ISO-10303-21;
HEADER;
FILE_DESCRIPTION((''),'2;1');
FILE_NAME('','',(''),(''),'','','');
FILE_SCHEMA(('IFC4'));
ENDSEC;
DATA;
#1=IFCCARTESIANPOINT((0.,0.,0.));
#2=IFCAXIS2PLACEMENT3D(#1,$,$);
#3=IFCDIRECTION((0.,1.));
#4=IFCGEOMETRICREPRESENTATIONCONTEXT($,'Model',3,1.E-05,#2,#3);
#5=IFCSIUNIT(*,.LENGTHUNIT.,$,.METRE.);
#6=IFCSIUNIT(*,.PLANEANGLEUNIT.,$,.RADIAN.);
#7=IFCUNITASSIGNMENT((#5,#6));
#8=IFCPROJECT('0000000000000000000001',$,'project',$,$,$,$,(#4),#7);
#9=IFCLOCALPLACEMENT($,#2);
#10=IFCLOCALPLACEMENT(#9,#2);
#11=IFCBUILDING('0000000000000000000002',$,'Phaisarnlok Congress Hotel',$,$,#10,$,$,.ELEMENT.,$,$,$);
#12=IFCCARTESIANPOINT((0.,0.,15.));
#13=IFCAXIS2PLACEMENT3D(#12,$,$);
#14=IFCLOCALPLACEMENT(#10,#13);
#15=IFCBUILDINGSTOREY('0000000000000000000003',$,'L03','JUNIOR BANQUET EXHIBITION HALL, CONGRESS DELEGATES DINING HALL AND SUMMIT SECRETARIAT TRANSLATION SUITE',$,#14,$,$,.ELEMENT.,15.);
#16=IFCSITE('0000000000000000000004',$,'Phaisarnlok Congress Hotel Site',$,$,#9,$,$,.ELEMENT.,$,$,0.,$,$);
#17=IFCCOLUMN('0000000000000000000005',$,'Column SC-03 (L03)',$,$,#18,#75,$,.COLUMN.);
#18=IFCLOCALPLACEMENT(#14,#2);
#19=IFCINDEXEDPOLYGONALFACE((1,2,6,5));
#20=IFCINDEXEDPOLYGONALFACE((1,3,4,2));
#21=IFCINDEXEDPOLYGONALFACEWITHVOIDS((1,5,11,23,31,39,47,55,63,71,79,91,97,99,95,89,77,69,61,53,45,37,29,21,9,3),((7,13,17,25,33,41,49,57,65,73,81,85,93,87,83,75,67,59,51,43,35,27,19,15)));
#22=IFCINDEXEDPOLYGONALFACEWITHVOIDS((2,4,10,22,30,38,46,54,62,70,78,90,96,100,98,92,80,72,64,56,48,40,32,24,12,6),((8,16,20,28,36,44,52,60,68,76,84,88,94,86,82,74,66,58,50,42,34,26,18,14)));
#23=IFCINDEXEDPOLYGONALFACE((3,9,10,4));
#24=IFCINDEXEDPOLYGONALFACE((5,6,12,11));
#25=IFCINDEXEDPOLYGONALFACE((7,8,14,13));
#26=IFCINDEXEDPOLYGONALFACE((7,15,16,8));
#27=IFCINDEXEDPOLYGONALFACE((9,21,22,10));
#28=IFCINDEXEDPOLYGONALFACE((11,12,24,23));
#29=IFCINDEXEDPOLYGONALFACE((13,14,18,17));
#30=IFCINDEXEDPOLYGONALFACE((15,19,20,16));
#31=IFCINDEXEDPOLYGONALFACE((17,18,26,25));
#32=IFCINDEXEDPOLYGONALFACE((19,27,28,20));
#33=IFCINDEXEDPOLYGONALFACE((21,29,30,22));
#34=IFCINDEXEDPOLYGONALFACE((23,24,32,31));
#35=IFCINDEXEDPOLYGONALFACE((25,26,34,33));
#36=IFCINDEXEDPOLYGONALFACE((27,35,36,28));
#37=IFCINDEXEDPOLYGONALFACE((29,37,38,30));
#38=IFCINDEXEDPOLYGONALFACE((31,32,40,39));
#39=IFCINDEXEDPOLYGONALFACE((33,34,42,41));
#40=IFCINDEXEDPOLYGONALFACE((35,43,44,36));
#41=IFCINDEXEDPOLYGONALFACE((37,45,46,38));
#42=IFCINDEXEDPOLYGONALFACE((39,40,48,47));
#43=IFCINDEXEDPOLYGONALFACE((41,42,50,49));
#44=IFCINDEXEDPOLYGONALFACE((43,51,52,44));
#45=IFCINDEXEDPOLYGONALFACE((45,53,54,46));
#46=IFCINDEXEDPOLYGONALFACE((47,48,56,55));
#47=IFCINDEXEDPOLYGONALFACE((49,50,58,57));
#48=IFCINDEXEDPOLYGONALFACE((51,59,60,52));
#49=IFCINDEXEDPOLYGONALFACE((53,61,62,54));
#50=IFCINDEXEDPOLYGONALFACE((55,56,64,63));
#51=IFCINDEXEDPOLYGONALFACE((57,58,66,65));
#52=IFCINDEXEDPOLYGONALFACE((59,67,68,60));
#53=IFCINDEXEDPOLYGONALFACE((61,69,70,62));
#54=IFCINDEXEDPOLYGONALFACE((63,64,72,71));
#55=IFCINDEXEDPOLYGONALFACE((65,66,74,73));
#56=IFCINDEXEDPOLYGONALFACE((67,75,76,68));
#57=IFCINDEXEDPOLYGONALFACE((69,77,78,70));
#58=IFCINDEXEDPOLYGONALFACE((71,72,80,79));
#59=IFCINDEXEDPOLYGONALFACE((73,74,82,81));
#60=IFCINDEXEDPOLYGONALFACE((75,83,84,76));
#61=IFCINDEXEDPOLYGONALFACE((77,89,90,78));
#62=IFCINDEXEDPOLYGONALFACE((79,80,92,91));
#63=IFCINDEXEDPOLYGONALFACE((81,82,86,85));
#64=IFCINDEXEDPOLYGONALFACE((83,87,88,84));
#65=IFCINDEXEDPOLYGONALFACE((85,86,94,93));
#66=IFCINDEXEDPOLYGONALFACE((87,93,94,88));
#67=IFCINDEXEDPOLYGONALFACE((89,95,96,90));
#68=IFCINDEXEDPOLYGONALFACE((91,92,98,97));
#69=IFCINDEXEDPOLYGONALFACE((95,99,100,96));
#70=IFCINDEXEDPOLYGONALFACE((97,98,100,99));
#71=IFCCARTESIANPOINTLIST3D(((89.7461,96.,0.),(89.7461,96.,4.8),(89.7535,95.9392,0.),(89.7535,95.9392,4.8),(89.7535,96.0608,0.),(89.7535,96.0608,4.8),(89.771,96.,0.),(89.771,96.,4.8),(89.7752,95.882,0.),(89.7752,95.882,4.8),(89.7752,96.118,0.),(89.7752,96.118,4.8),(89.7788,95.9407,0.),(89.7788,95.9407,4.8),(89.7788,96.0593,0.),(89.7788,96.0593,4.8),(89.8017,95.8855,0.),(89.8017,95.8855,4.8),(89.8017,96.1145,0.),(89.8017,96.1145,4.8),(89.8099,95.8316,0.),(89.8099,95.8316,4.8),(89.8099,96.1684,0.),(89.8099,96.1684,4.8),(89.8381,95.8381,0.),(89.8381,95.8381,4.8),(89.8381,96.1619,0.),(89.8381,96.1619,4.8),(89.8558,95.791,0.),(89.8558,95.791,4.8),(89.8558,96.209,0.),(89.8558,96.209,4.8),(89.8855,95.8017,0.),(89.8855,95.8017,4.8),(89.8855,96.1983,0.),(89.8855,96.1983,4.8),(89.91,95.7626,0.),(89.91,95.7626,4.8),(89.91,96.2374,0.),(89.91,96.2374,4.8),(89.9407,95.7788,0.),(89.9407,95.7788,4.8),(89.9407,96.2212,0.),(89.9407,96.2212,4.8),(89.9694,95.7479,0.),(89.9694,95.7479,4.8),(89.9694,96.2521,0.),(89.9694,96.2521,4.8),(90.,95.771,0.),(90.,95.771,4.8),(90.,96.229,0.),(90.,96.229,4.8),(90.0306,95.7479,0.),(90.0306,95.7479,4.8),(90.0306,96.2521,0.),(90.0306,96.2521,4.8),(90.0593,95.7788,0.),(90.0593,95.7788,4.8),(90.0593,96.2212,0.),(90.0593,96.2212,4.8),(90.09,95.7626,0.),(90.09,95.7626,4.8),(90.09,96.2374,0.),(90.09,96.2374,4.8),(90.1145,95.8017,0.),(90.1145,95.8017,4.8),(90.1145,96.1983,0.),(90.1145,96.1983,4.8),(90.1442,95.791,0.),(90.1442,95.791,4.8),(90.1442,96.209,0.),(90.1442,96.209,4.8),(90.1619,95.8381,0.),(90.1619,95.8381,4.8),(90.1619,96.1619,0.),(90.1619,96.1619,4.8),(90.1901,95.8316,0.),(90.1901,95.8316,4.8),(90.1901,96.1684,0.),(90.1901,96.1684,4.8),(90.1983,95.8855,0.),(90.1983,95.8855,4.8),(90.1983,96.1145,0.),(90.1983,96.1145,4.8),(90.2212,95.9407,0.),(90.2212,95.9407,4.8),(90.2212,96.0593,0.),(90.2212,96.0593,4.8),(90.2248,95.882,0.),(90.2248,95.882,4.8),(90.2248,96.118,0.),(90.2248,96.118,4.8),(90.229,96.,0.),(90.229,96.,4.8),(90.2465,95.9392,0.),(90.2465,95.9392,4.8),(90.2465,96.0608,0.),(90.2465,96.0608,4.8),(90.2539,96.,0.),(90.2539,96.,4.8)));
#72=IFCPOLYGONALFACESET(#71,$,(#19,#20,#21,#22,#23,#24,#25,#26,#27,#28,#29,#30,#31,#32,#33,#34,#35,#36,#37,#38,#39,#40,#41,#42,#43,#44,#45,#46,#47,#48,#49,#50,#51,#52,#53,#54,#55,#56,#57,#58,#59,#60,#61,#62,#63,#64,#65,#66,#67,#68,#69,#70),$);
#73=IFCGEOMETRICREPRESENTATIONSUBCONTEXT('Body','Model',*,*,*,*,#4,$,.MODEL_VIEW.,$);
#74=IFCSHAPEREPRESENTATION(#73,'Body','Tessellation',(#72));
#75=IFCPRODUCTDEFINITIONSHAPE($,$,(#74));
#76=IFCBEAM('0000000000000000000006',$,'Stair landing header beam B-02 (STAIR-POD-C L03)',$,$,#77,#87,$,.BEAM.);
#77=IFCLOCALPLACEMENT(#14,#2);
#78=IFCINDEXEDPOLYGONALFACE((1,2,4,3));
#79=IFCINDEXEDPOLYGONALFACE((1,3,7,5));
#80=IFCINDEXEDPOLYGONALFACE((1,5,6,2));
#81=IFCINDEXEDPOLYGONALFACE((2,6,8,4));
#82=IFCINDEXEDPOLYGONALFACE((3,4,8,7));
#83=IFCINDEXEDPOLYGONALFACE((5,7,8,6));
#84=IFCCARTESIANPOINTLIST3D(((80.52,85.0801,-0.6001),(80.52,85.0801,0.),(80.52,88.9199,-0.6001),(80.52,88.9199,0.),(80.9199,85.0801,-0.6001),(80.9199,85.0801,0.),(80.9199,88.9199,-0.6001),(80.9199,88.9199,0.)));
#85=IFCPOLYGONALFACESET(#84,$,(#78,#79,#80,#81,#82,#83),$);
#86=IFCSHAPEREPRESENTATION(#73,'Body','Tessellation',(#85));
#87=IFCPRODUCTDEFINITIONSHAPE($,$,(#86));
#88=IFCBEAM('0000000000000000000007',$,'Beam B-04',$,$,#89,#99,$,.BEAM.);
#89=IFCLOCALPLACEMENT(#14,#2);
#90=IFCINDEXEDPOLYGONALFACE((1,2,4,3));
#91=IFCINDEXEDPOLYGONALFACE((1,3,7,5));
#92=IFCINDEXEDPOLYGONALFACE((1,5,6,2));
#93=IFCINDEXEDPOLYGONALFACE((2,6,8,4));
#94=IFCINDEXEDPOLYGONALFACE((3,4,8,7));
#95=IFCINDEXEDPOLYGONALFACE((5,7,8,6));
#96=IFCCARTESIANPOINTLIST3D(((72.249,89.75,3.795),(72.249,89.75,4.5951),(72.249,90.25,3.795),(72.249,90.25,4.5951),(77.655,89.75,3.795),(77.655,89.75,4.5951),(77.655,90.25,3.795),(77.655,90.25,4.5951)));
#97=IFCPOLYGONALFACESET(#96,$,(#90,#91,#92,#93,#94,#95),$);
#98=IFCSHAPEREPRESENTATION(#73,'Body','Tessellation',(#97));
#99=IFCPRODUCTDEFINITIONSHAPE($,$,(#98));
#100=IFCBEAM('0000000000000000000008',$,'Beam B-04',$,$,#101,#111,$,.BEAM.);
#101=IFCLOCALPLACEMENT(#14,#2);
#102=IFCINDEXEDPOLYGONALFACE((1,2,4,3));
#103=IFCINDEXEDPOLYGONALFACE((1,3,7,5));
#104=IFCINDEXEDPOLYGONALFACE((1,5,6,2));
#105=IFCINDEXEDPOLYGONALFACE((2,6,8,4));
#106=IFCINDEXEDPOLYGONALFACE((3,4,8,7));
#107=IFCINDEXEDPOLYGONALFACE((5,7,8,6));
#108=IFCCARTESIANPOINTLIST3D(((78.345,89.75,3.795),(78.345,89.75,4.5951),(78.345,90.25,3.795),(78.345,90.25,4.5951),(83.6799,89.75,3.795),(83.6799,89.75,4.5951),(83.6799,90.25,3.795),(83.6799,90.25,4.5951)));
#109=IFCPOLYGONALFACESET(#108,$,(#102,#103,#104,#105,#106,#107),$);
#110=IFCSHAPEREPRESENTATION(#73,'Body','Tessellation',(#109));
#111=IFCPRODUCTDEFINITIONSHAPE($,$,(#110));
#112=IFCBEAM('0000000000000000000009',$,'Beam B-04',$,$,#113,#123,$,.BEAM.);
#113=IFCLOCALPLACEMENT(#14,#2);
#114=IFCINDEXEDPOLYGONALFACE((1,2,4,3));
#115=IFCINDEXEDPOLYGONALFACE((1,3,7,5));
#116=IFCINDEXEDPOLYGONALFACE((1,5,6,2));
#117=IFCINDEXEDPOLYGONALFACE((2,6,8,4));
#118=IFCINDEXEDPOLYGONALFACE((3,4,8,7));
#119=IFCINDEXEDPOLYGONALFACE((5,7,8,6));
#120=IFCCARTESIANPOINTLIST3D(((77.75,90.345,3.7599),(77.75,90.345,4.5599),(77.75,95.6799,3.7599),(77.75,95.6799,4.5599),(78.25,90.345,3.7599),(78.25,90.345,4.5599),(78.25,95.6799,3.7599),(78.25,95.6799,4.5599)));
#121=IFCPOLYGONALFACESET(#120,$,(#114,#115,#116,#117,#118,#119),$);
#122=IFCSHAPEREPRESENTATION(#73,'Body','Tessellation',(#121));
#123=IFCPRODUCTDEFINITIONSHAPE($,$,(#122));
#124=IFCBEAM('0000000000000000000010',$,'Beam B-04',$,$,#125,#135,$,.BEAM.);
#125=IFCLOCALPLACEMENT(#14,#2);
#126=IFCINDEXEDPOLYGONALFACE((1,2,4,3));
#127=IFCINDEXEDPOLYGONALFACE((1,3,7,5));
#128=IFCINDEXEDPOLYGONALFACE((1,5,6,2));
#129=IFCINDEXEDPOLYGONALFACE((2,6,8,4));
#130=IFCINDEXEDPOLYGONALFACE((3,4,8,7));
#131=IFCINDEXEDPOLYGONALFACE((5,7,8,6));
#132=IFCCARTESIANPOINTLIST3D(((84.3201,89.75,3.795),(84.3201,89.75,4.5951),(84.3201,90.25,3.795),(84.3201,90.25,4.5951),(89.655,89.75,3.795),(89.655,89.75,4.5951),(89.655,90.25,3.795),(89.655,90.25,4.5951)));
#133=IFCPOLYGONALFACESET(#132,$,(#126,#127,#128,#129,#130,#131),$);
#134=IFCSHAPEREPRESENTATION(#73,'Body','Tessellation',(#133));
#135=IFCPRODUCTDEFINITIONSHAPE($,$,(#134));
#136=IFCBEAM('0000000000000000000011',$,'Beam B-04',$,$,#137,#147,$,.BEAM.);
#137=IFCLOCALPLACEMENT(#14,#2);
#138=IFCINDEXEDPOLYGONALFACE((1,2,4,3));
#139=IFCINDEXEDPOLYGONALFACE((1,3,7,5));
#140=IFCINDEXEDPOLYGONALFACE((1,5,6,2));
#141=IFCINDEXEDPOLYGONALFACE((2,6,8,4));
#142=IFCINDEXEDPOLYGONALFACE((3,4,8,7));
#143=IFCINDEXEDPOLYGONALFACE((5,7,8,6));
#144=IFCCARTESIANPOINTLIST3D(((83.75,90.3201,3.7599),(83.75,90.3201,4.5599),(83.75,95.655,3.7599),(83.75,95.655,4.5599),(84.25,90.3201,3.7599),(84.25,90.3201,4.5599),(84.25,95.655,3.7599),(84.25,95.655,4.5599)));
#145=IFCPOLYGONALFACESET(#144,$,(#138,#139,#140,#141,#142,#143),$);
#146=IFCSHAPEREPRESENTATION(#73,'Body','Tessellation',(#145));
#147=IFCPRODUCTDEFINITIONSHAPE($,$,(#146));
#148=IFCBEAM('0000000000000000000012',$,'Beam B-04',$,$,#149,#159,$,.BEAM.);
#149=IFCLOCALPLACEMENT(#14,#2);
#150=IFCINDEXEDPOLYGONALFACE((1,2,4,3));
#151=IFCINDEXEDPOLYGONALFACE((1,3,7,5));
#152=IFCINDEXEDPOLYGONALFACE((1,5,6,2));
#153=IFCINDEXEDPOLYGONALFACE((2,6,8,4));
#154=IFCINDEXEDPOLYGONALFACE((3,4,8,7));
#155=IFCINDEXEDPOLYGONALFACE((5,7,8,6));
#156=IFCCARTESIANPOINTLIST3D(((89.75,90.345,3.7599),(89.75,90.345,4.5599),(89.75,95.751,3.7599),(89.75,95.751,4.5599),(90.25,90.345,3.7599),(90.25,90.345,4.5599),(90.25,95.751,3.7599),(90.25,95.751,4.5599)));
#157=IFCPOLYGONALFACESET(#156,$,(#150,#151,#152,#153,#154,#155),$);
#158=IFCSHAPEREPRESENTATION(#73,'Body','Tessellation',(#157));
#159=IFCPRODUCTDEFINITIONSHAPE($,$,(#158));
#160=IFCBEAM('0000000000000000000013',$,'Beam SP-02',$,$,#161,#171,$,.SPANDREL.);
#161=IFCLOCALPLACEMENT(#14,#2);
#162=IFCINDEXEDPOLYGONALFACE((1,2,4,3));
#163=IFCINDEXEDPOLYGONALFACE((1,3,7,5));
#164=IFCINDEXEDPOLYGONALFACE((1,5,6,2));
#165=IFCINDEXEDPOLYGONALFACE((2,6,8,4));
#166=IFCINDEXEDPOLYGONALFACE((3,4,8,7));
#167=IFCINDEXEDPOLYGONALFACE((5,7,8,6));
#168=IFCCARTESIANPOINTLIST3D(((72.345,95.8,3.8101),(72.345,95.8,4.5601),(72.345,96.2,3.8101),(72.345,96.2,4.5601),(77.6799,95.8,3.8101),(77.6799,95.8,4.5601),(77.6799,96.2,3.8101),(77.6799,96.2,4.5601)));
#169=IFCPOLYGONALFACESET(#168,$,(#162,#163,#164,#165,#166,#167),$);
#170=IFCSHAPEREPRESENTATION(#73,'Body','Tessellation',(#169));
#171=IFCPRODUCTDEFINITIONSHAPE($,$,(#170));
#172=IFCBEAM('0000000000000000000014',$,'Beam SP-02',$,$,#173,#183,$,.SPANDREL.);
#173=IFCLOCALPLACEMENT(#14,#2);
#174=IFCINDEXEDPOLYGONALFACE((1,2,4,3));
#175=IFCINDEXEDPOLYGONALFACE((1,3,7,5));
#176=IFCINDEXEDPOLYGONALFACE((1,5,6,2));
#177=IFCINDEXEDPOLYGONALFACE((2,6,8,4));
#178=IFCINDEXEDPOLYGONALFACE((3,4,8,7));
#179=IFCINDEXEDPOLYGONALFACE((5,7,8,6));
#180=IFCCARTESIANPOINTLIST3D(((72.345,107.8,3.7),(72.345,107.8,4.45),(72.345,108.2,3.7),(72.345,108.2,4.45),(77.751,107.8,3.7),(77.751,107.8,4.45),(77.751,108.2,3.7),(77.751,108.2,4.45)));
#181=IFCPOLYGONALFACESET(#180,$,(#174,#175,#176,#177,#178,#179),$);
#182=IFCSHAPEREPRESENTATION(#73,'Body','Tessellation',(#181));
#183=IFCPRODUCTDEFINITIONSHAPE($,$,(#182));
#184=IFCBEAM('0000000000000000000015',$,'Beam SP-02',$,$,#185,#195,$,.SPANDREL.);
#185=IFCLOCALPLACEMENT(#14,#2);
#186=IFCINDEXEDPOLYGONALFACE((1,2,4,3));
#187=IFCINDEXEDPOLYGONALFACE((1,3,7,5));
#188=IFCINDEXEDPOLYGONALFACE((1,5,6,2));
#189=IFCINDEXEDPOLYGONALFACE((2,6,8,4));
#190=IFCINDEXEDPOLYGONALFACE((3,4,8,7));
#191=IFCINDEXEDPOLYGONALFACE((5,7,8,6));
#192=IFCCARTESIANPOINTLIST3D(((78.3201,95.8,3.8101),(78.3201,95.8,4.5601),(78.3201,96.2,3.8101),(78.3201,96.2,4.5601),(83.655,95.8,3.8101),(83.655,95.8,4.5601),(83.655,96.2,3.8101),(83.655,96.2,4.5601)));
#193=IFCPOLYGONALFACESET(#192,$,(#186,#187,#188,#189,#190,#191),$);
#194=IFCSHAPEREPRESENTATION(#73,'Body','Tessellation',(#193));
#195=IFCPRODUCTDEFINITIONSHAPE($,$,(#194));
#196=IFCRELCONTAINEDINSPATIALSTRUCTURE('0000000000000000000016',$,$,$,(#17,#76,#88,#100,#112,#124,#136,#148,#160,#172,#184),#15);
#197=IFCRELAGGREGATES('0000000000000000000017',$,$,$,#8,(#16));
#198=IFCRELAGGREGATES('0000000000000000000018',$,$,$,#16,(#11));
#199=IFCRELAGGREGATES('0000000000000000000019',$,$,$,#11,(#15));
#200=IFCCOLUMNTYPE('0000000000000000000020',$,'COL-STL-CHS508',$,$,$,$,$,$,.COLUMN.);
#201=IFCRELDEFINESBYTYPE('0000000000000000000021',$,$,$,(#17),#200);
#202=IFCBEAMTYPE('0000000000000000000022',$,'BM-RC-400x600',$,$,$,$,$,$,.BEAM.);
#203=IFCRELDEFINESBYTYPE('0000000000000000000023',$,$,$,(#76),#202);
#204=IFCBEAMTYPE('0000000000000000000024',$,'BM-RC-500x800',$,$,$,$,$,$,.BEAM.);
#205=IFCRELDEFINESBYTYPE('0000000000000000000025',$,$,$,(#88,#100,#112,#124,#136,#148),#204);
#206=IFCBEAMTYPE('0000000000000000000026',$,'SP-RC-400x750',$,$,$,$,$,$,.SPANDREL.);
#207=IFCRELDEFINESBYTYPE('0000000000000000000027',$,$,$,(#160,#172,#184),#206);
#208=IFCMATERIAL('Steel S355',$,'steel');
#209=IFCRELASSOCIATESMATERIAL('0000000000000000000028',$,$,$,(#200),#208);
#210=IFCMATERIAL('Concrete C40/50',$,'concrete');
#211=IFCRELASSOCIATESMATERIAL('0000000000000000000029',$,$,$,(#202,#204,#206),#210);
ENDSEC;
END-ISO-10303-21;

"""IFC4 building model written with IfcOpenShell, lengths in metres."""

from ifc_helpers import new_model, si_unit, direction, frame, origin, origin_2d, place, context, subcontext, project, spatial, rectangle, hollow_circle, extrude, material, material_profile, profile_set, type_object, element, save


model = new_model("IFC4")

# Units and contexts
model_context = context("Model", 3, precision=1e-05, world=origin(), true_north=direction((0.0, 1.0)))
body_context = subcontext(model_context, "Body", "Model", "MODEL_VIEW")
ifc_project = project(units=[si_unit("LENGTHUNIT", "METRE"), si_unit("PLANEANGLEUNIT", "RADIAN")], contexts=[model_context])

# Site, building, storey
site_placement = place(None, origin())
site = spatial("IfcSite", under=ifc_project, at=site_placement, Name="Phaisarnlok Congress Hotel Site", CompositionType="ELEMENT", RefElevation=0.0)
building_placement = place(site_placement, origin())
building = spatial("IfcBuilding", under=site, at=building_placement, Name="Phaisarnlok Congress Hotel", CompositionType="ELEMENT")
storey_placement = place(building_placement, frame((0.0, 0.0, 15.0)))
storey = spatial("IfcBuildingStorey", under=building, at=storey_placement, Name="L03", Description="JUNIOR BANQUET EXHIBITION HALL, CONGRESS DELEGATES DINING HALL AND SUMMIT SECRETARIAT TRANSLATION SUITE", CompositionType="ELEMENT", Elevation=15.0)

# Column
ifc_material_1 = material(Name="Steel S355", Category="steel")
ifc_material_profile_1 = material_profile(ifc_material_1, hollow_circle(Radius=0.2539, WallThickness=0.0249, at=origin_2d()), Name="CHS 508x25")
ifc_profile_set_1 = profile_set([ifc_material_profile_1], Name="Steel S355")
column_type_1 = type_object("IfcColumnType", Name="COL-STL-CHS508", PredefinedType="COLUMN", material=ifc_profile_set_1)
for number, where, z_axis, x_axis, name in (
    (1, (90.0, 96.0, 0.0), (0.0, 0.0, 1.0), (1.0, 0.0, 0.0), "Column SC-03 (L03)"),
):
    element("IfcColumn", number, at=place(storey_placement, frame(where, z_axis=z_axis, x_axis=x_axis)), inside=storey, type_object=column_type_1, Name=name, PredefinedType="COLUMN", context=body_context, shape_type="SweptSolid", body=[
        extrude(hollow_circle(Radius=0.2539, WallThickness=0.0249, at=origin_2d()), origin(), (0.0, 0.0, 1.0), 4.8),
    ])

# Beams
ifc_material_2 = material(Name="Concrete C40/50", Category="concrete")
ifc_material_profile_2 = material_profile(ifc_material_2, rectangle(XDim=0.3999, YDim=0.6001, at=origin_2d()), Name="RC 400x600")
ifc_profile_set_2 = profile_set([ifc_material_profile_2], Name="Concrete C40/50")
beam_type_1 = type_object("IfcBeamType", Name="BM-RC-400x600", PredefinedType="BEAM", material=ifc_profile_set_2)
beam_1_placement = place(storey_placement, frame((80.72, 85.0801, -0.3), z_axis=(0.0, 1.0, 0.0), x_axis=(-1.0, 0.0, 0.0)))
element("IfcBeam", 2, at=beam_1_placement, inside=storey, type_object=beam_type_1, Name="Stair landing header beam B-02 (STAIR-POD-C L03)", PredefinedType="BEAM", context=body_context, shape_type="SweptSolid", body=[
    extrude(rectangle(XDim=0.3999, YDim=0.6001, at=origin_2d()), origin(), (0.0, 0.0, 1.0), 3.8398),
])
ifc_material_profile_3 = material_profile(ifc_material_2, rectangle(XDim=0.5, YDim=0.8, at=origin_2d()), Name="RC 500x800")
ifc_profile_set_3 = profile_set([ifc_material_profile_3], Name="Concrete C40/50")
beam_type_2 = type_object("IfcBeamType", Name="BM-RC-500x800", PredefinedType="BEAM", material=ifc_profile_set_3)
beam_2_placement = place(storey_placement, frame((72.249, 90.0, 4.1951), z_axis=(1.0, 0.0, 0.0), x_axis=(0.0, 1.0, 0.0)))
element("IfcBeam", 3, at=beam_2_placement, inside=storey, type_object=beam_type_2, Name="Beam B-04", PredefinedType="BEAM", context=body_context, shape_type="SweptSolid", body=[
    extrude(rectangle(XDim=0.5, YDim=0.8, at=origin_2d()), origin(), (0.0, 0.0, 1.0), 5.406),
])
for number, where, z_axis, x_axis, name in (
    (4, (78.345, 90.0, 4.1951), (1.0, 0.0, 0.0), (0.0, 1.0, 0.0), "Beam B-04"),
    (5, (78.0, 90.345, 4.1599), (0.0, 1.0, 0.0), (-1.0, 0.0, 0.0), "Beam B-04"),
    (6, (84.3201, 90.0, 4.1951), (1.0, 0.0, 0.0), (0.0, 1.0, 0.0), "Beam B-04"),
    (7, (84.0, 90.3201, 4.1599), (0.0, 1.0, 0.0), (-1.0, 0.0, 0.0), "Beam B-04"),
):
    element("IfcBeam", number, at=place(storey_placement, frame(where, z_axis=z_axis, x_axis=x_axis)), inside=storey, type_object=beam_type_2, Name=name, PredefinedType="BEAM", context=body_context, shape_type="SweptSolid", body=[
        extrude(rectangle(XDim=0.5, YDim=0.8, at=origin_2d()), origin(), (0.0, 0.0, 1.0), 5.335),
    ])
beam_3_placement = place(storey_placement, frame((90.0, 90.345, 4.1599), z_axis=(0.0, 1.0, 0.0), x_axis=(-1.0, 0.0, 0.0)))
element("IfcBeam", 8, at=beam_3_placement, inside=storey, type_object=beam_type_2, Name="Beam B-04", PredefinedType="BEAM", context=body_context, shape_type="SweptSolid", body=[
    extrude(rectangle(XDim=0.5, YDim=0.8, at=origin_2d()), origin(), (0.0, 0.0, 1.0), 5.406),
])
ifc_material_profile_4 = material_profile(ifc_material_2, rectangle(XDim=0.3999, YDim=0.75, at=origin_2d()), Name="RC 400x750")
ifc_profile_set_4 = profile_set([ifc_material_profile_4], Name="Concrete C40/50")
beam_type_3 = type_object("IfcBeamType", Name="SP-RC-400x750", PredefinedType="SPANDREL", material=ifc_profile_set_4)
beam_4_placement = place(storey_placement, frame((72.345, 96.0, 4.1851), z_axis=(1.0, 0.0, 0.0), x_axis=(0.0, 1.0, 0.0)))
element("IfcBeam", 9, at=beam_4_placement, inside=storey, type_object=beam_type_3, Name="Beam SP-02", PredefinedType="SPANDREL", context=body_context, shape_type="SweptSolid", body=[
    extrude(rectangle(XDim=0.3999, YDim=0.75, at=origin_2d()), origin(), (0.0, 0.0, 1.0), 5.335),
])
beam_5_placement = place(storey_placement, frame((72.345, 108.0, 4.075), z_axis=(1.0, 0.0, 0.0), x_axis=(0.0, 1.0, 0.0)))
element("IfcBeam", 10, at=beam_5_placement, inside=storey, type_object=beam_type_3, Name="Beam SP-02", PredefinedType="SPANDREL", context=body_context, shape_type="SweptSolid", body=[
    extrude(rectangle(XDim=0.3999, YDim=0.75, at=origin_2d()), origin(), (0.0, 0.0, 1.0), 5.406),
])
beam_6_placement = place(storey_placement, frame((78.3201, 96.0, 4.1851), z_axis=(1.0, 0.0, 0.0), x_axis=(0.0, 1.0, 0.0)))
element("IfcBeam", 11, at=beam_6_placement, inside=storey, type_object=beam_type_3, Name="Beam SP-02", PredefinedType="SPANDREL", context=body_context, shape_type="SweptSolid", body=[
    extrude(rectangle(XDim=0.3999, YDim=0.75, at=origin_2d()), origin(), (0.0, 0.0, 1.0), 5.335),
])

save(model, "model.ifc")
